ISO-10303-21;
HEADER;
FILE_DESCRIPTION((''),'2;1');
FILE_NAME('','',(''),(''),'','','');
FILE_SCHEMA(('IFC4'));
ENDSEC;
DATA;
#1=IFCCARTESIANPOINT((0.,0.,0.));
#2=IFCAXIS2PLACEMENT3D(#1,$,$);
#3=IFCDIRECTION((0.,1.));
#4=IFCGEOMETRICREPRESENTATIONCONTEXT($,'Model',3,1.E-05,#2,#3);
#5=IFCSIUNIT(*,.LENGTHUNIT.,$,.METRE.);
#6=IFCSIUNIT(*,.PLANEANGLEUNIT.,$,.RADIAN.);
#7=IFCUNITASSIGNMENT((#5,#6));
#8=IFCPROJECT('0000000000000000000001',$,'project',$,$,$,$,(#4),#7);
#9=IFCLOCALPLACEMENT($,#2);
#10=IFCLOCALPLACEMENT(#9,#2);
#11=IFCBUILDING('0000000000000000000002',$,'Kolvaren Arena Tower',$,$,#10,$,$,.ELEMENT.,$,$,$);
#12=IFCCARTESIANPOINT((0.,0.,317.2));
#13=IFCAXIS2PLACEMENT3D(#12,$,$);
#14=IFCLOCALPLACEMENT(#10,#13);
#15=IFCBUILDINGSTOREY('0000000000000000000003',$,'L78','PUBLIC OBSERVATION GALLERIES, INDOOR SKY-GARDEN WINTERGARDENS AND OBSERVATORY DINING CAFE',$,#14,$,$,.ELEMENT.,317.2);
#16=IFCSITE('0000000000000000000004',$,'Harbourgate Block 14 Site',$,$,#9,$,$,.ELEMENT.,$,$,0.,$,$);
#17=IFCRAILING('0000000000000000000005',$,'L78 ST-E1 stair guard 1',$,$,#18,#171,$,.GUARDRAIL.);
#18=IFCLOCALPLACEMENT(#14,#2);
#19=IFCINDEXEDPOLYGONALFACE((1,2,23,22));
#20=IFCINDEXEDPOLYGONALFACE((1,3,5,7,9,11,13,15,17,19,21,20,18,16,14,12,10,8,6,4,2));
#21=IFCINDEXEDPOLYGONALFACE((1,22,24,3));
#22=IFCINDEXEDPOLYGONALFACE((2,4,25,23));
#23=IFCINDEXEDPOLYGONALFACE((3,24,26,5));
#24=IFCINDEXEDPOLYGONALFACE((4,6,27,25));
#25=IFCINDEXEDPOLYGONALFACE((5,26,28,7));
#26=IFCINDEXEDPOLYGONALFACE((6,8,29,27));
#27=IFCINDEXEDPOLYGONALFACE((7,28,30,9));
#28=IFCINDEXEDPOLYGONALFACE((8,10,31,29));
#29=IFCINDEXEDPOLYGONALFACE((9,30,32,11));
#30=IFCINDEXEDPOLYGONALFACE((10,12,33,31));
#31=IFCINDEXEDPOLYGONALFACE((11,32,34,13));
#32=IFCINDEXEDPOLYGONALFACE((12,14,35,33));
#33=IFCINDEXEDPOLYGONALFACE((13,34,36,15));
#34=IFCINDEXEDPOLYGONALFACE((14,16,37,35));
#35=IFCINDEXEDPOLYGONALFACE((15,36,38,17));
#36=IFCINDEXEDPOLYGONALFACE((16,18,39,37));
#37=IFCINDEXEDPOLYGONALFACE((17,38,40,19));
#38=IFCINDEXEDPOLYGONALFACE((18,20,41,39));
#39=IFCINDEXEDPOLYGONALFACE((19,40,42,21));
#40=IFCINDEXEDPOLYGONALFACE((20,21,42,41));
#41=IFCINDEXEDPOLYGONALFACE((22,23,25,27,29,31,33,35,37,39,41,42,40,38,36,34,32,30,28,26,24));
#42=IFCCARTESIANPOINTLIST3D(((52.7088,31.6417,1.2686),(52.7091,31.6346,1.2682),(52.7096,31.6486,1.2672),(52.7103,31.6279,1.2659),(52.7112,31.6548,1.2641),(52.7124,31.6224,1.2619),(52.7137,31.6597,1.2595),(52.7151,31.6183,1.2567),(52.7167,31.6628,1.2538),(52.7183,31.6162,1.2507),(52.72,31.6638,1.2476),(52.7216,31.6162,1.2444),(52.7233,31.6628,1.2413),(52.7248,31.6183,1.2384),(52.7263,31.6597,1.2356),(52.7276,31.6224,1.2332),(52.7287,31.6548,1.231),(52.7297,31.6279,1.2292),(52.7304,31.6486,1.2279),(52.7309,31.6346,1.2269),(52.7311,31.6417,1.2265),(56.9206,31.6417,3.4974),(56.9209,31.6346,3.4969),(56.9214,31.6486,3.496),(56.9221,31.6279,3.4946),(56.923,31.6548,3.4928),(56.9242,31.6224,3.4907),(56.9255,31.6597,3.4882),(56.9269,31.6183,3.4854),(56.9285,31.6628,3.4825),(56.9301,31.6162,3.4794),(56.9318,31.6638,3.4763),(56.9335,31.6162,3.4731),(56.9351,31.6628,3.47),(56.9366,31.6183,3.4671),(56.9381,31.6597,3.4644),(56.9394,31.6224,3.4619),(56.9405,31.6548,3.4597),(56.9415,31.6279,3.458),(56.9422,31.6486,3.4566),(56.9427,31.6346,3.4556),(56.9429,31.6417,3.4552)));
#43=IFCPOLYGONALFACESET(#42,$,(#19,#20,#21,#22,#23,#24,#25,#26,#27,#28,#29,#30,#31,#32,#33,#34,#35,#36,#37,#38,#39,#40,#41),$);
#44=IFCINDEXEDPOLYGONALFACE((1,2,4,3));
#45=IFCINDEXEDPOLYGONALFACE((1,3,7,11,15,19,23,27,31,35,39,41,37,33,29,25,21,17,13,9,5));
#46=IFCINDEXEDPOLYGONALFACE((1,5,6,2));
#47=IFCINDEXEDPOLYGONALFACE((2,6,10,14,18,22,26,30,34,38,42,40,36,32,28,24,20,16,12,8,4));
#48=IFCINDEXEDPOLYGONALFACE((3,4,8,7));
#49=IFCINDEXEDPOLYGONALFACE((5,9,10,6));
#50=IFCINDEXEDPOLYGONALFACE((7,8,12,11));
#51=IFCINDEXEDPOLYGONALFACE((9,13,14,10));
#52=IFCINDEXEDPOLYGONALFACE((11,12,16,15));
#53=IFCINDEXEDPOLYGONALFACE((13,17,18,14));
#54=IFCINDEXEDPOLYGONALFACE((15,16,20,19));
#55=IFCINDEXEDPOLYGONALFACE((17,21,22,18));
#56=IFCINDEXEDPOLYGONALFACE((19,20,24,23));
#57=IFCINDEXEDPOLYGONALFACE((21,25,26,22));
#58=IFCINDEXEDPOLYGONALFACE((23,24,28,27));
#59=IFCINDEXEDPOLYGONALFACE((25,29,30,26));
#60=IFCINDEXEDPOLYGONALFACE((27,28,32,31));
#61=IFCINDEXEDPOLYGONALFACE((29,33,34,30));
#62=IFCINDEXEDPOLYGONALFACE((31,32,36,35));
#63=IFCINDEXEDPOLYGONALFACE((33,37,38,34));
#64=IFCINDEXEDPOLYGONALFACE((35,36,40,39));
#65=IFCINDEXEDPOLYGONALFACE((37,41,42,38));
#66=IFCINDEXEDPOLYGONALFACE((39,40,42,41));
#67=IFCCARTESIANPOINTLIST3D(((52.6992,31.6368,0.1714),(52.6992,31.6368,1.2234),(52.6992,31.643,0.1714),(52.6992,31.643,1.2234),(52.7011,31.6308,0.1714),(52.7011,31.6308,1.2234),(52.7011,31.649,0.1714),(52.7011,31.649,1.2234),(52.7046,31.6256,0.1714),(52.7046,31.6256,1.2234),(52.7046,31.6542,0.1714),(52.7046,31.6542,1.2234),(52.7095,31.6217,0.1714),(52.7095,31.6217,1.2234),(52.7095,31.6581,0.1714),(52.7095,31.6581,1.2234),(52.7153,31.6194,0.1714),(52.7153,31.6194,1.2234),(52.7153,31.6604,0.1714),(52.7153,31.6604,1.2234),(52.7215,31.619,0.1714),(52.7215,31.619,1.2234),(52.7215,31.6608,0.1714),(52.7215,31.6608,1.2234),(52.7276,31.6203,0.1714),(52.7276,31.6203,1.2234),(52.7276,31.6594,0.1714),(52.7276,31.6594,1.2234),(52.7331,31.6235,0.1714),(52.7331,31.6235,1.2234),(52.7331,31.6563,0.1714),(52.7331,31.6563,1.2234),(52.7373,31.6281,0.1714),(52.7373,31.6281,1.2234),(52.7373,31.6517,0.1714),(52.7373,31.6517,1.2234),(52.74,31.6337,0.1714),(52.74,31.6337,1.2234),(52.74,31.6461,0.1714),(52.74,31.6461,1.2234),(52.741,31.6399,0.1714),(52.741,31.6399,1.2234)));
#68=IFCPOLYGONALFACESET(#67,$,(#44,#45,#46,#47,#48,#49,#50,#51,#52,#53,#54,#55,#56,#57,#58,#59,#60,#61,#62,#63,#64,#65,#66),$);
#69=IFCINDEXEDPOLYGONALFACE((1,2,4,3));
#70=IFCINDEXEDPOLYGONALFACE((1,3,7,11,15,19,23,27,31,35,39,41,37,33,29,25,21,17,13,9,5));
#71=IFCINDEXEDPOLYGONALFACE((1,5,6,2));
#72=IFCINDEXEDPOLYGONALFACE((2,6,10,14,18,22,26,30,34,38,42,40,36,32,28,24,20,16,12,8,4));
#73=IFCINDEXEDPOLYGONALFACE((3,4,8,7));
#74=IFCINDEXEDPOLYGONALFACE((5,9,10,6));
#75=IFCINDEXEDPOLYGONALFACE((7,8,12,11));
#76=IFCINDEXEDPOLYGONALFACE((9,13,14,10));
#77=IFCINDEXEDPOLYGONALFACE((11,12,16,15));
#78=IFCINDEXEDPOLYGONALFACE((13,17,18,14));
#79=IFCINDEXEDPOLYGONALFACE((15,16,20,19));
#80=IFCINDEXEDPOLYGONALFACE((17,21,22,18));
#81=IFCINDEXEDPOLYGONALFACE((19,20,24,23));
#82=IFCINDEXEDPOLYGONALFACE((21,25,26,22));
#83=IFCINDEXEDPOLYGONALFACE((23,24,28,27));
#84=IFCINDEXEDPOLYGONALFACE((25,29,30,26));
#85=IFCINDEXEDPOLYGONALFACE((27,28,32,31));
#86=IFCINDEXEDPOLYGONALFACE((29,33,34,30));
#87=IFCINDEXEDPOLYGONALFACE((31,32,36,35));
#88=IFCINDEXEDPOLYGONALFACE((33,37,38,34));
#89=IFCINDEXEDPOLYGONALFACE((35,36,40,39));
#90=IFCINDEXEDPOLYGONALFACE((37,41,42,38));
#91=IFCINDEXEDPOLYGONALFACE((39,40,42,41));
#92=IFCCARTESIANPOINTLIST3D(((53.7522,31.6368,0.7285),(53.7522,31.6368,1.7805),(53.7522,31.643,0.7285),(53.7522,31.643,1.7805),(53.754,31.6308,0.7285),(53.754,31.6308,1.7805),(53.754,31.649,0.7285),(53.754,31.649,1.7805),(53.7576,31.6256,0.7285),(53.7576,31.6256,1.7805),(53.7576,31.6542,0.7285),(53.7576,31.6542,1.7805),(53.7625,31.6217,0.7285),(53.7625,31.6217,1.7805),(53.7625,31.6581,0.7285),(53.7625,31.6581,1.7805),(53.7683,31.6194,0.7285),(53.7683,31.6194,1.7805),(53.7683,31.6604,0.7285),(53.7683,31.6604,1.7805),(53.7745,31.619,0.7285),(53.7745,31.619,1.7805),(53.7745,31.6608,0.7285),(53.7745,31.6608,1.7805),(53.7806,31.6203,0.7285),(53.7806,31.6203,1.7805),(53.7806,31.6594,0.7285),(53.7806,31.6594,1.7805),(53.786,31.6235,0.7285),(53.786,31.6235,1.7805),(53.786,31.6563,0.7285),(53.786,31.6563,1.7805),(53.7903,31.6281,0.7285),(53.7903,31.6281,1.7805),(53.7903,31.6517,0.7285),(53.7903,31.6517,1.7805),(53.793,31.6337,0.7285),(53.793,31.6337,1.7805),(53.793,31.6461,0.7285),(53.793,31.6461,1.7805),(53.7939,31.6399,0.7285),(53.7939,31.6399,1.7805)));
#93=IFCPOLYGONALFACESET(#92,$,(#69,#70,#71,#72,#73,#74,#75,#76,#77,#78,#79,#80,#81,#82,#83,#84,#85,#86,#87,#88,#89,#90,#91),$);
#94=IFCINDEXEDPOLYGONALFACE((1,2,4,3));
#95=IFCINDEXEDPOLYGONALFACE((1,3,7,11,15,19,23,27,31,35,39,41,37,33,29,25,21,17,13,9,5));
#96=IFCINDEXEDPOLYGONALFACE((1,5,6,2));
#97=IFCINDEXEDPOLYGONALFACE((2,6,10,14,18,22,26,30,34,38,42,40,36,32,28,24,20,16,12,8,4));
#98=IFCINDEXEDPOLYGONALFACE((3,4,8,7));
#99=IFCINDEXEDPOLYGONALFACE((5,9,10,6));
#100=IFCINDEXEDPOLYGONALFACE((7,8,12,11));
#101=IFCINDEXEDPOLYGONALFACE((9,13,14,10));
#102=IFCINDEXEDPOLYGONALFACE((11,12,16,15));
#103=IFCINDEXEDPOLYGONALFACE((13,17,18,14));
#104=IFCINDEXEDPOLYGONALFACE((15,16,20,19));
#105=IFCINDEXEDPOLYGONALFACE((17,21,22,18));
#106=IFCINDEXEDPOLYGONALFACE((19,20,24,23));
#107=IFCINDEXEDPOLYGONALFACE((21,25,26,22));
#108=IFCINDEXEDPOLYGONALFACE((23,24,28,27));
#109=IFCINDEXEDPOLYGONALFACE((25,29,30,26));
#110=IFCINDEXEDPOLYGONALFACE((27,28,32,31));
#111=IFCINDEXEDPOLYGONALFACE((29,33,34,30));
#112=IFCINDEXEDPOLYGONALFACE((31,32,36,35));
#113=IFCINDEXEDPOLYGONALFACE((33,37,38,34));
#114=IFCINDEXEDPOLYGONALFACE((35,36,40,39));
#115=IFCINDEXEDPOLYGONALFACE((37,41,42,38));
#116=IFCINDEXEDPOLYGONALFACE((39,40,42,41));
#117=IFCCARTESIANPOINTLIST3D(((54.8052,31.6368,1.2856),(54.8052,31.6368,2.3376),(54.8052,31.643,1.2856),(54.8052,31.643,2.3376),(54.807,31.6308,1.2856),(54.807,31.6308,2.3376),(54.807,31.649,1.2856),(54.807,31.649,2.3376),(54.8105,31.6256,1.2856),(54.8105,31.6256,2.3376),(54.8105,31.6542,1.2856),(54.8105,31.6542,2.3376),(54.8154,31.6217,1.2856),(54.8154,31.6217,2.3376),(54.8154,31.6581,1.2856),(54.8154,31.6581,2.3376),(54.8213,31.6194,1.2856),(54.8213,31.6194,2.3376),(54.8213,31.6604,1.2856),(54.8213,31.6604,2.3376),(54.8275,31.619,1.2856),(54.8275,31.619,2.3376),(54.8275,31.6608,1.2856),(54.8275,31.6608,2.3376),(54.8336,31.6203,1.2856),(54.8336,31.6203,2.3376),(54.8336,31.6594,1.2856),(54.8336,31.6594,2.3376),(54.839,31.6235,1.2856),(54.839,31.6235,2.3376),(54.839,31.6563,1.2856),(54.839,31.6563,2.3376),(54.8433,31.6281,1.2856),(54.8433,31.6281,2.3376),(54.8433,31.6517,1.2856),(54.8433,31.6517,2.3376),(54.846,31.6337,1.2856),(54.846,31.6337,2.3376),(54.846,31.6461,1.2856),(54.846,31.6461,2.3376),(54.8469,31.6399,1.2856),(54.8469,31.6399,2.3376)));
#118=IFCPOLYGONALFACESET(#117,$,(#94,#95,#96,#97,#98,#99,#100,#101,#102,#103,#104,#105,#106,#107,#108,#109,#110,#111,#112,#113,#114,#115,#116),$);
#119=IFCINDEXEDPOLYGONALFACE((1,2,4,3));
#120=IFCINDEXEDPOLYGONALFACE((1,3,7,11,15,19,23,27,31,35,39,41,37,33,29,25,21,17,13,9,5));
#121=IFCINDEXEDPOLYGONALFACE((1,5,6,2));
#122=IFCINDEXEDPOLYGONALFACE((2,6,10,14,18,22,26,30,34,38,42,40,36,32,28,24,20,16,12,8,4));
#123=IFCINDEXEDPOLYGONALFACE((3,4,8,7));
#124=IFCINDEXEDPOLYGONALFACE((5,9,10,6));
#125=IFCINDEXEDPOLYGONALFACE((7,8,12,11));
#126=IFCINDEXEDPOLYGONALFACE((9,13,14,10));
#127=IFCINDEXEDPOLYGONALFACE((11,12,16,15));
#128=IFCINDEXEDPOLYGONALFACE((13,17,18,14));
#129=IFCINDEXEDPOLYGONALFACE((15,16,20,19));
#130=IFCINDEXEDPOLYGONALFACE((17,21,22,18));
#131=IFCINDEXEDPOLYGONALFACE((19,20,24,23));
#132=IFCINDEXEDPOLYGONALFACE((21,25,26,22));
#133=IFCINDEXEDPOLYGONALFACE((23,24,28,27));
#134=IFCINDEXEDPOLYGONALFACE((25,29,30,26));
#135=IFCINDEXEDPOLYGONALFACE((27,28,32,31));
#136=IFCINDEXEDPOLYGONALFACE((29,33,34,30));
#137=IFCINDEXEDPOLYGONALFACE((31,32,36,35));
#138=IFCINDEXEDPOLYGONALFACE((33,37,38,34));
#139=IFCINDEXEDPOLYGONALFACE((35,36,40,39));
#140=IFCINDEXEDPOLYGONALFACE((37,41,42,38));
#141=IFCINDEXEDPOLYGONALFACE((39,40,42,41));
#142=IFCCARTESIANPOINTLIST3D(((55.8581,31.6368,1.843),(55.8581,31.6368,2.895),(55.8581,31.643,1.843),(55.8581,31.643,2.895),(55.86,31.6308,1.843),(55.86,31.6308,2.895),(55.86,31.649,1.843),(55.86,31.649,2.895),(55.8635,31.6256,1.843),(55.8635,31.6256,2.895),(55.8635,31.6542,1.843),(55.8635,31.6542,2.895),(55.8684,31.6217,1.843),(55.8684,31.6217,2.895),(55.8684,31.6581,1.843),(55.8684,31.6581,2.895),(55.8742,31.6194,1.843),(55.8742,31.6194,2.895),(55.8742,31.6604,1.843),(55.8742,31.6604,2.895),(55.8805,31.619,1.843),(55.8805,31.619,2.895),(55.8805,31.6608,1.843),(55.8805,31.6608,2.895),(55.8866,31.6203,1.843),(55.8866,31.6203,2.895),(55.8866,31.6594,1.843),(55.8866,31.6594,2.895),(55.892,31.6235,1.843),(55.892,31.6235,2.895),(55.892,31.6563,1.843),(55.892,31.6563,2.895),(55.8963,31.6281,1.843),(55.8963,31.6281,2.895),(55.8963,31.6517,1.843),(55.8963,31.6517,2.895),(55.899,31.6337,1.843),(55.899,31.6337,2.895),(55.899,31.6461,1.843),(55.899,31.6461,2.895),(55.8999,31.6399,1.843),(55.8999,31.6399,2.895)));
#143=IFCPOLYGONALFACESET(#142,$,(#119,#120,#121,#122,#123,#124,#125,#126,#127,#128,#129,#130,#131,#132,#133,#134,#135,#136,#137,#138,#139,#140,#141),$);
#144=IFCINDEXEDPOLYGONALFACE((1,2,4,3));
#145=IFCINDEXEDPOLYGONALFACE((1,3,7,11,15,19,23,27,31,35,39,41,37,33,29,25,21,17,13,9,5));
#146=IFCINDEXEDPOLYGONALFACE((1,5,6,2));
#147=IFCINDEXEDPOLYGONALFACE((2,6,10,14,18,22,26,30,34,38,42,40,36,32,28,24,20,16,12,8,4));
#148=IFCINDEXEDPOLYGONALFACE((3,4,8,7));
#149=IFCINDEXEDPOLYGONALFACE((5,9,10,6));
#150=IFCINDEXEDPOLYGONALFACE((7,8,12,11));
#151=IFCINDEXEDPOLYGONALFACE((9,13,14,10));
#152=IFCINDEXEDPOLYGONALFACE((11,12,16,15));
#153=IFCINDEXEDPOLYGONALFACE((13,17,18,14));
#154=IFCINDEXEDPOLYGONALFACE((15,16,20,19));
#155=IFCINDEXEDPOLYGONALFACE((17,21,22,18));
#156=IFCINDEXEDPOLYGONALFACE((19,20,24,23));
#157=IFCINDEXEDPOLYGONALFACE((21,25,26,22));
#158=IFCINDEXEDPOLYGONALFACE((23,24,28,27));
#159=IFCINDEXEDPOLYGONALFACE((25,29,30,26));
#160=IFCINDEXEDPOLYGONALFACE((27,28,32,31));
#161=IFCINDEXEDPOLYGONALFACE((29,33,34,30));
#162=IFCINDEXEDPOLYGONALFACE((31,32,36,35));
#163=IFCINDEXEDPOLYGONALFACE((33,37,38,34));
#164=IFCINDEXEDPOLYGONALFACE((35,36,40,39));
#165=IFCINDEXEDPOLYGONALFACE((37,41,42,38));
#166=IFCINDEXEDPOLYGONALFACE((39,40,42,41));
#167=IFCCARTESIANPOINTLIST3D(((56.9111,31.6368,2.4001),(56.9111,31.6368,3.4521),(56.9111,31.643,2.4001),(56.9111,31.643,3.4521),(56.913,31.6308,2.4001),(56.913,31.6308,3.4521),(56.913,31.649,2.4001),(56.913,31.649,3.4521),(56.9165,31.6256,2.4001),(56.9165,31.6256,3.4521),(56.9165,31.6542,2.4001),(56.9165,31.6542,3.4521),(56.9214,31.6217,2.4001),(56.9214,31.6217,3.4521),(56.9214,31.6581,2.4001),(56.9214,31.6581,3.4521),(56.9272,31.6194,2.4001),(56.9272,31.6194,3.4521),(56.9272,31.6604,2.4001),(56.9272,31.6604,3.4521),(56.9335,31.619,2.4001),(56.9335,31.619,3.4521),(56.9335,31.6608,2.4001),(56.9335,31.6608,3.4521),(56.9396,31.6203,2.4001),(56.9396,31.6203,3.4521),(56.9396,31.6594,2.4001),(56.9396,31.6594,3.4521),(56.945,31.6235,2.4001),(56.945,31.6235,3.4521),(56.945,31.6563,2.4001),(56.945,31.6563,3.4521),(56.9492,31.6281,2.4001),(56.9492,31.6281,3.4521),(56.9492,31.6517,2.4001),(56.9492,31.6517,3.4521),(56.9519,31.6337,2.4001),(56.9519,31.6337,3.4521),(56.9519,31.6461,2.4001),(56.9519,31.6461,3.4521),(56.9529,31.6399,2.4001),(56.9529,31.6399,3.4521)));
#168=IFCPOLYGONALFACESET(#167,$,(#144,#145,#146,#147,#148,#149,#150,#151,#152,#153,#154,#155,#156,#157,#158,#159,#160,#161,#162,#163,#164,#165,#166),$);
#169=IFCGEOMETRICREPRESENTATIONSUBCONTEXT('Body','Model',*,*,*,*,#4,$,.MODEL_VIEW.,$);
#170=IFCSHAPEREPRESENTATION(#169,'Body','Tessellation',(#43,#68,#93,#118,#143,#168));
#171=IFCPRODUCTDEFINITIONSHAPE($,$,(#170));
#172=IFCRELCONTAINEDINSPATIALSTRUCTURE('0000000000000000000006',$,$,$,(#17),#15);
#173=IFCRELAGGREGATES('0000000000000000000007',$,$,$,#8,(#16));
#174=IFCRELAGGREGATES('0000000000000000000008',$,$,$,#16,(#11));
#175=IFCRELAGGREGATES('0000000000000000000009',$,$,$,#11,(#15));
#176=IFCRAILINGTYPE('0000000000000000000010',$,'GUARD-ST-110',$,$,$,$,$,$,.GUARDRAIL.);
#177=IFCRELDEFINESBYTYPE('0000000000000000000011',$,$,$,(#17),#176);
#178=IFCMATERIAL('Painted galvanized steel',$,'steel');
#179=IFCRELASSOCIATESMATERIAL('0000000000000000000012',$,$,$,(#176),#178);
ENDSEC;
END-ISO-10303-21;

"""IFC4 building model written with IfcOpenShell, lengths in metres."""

from ifc_helpers import new_model, si_unit, direction, frame, origin, origin_2d, place, context, subcontext, project, spatial, circle, extrude, material, type_object, element, save


model = new_model("IFC4")

# Units and contexts
model_context = context("Model", 3, precision=1e-05, world=origin(), true_north=direction((0.0, 1.0)))
body_context = subcontext(model_context, "Body", "Model", "MODEL_VIEW")
ifc_project = project(units=[si_unit("LENGTHUNIT", "METRE"), si_unit("PLANEANGLEUNIT", "RADIAN")], contexts=[model_context])

# Site, building, storey
site_placement = place(None, origin())
site = spatial("IfcSite", under=ifc_project, at=site_placement, Name="Harbourgate Block 14 Site", CompositionType="ELEMENT", RefElevation=0.0)
building_placement = place(site_placement, origin())
building = spatial("IfcBuilding", under=site, at=building_placement, Name="Kolvaren Arena Tower", CompositionType="ELEMENT")
storey_placement = place(building_placement, frame((0.0, 0.0, 317.2)))
storey = spatial("IfcBuildingStorey", under=building, at=storey_placement, Name="L78", Description="PUBLIC OBSERVATION GALLERIES, INDOOR SKY-GARDEN WINTERGARDENS AND OBSERVATORY DINING CAFE", CompositionType="ELEMENT", Elevation=317.2)

# Railing
ifc_material_1 = material(Name="Painted galvanized steel", Category="steel")
railing_type_1 = type_object("IfcRailingType", Name="GUARD-ST-110", PredefinedType="GUARDRAIL", material=ifc_material_1)
railing_1_placement = place(storey_placement, frame((52.72, 31.6399, 0.1714)))
element("IfcRailing", 1, at=railing_1_placement, inside=storey, type_object=railing_type_1, Name="L78 ST-E1 stair guard 1", PredefinedType="GUARDRAIL", context=body_context, shape_type="SweptSolid", body=[
    extrude(circle(Radius=0.0239, at=origin_2d()), frame((0.0, 0.0, 1.0762), z_axis=(0.883881, 0.0, 0.467711), x_axis=(0.0, 1.0, 0.0)), (0.0, 0.0, 1.0), 4.7651),
    extrude(circle(Radius=0.021, at=origin_2d()), origin(), (0.0, 0.0, 1.0), 1.052),
    extrude(circle(Radius=0.021, at=origin_2d()), frame((1.053, 0.0, 0.5571)), (0.0, 0.0, 1.0), 1.052),
    extrude(circle(Radius=0.021, at=origin_2d()), frame((2.106, 0.0, 1.1143)), (0.0, 0.0, 1.0), 1.052),
    extrude(circle(Radius=0.021, at=origin_2d()), frame((3.1589, 0.0, 1.6716)), (0.0, 0.0, 1.0), 1.052),
    extrude(circle(Radius=0.021, at=origin_2d()), frame((4.2119, 0.0, 2.2288)), (0.0, 0.0, 1.0), 1.052),
])

save(model, "model.ifc")
